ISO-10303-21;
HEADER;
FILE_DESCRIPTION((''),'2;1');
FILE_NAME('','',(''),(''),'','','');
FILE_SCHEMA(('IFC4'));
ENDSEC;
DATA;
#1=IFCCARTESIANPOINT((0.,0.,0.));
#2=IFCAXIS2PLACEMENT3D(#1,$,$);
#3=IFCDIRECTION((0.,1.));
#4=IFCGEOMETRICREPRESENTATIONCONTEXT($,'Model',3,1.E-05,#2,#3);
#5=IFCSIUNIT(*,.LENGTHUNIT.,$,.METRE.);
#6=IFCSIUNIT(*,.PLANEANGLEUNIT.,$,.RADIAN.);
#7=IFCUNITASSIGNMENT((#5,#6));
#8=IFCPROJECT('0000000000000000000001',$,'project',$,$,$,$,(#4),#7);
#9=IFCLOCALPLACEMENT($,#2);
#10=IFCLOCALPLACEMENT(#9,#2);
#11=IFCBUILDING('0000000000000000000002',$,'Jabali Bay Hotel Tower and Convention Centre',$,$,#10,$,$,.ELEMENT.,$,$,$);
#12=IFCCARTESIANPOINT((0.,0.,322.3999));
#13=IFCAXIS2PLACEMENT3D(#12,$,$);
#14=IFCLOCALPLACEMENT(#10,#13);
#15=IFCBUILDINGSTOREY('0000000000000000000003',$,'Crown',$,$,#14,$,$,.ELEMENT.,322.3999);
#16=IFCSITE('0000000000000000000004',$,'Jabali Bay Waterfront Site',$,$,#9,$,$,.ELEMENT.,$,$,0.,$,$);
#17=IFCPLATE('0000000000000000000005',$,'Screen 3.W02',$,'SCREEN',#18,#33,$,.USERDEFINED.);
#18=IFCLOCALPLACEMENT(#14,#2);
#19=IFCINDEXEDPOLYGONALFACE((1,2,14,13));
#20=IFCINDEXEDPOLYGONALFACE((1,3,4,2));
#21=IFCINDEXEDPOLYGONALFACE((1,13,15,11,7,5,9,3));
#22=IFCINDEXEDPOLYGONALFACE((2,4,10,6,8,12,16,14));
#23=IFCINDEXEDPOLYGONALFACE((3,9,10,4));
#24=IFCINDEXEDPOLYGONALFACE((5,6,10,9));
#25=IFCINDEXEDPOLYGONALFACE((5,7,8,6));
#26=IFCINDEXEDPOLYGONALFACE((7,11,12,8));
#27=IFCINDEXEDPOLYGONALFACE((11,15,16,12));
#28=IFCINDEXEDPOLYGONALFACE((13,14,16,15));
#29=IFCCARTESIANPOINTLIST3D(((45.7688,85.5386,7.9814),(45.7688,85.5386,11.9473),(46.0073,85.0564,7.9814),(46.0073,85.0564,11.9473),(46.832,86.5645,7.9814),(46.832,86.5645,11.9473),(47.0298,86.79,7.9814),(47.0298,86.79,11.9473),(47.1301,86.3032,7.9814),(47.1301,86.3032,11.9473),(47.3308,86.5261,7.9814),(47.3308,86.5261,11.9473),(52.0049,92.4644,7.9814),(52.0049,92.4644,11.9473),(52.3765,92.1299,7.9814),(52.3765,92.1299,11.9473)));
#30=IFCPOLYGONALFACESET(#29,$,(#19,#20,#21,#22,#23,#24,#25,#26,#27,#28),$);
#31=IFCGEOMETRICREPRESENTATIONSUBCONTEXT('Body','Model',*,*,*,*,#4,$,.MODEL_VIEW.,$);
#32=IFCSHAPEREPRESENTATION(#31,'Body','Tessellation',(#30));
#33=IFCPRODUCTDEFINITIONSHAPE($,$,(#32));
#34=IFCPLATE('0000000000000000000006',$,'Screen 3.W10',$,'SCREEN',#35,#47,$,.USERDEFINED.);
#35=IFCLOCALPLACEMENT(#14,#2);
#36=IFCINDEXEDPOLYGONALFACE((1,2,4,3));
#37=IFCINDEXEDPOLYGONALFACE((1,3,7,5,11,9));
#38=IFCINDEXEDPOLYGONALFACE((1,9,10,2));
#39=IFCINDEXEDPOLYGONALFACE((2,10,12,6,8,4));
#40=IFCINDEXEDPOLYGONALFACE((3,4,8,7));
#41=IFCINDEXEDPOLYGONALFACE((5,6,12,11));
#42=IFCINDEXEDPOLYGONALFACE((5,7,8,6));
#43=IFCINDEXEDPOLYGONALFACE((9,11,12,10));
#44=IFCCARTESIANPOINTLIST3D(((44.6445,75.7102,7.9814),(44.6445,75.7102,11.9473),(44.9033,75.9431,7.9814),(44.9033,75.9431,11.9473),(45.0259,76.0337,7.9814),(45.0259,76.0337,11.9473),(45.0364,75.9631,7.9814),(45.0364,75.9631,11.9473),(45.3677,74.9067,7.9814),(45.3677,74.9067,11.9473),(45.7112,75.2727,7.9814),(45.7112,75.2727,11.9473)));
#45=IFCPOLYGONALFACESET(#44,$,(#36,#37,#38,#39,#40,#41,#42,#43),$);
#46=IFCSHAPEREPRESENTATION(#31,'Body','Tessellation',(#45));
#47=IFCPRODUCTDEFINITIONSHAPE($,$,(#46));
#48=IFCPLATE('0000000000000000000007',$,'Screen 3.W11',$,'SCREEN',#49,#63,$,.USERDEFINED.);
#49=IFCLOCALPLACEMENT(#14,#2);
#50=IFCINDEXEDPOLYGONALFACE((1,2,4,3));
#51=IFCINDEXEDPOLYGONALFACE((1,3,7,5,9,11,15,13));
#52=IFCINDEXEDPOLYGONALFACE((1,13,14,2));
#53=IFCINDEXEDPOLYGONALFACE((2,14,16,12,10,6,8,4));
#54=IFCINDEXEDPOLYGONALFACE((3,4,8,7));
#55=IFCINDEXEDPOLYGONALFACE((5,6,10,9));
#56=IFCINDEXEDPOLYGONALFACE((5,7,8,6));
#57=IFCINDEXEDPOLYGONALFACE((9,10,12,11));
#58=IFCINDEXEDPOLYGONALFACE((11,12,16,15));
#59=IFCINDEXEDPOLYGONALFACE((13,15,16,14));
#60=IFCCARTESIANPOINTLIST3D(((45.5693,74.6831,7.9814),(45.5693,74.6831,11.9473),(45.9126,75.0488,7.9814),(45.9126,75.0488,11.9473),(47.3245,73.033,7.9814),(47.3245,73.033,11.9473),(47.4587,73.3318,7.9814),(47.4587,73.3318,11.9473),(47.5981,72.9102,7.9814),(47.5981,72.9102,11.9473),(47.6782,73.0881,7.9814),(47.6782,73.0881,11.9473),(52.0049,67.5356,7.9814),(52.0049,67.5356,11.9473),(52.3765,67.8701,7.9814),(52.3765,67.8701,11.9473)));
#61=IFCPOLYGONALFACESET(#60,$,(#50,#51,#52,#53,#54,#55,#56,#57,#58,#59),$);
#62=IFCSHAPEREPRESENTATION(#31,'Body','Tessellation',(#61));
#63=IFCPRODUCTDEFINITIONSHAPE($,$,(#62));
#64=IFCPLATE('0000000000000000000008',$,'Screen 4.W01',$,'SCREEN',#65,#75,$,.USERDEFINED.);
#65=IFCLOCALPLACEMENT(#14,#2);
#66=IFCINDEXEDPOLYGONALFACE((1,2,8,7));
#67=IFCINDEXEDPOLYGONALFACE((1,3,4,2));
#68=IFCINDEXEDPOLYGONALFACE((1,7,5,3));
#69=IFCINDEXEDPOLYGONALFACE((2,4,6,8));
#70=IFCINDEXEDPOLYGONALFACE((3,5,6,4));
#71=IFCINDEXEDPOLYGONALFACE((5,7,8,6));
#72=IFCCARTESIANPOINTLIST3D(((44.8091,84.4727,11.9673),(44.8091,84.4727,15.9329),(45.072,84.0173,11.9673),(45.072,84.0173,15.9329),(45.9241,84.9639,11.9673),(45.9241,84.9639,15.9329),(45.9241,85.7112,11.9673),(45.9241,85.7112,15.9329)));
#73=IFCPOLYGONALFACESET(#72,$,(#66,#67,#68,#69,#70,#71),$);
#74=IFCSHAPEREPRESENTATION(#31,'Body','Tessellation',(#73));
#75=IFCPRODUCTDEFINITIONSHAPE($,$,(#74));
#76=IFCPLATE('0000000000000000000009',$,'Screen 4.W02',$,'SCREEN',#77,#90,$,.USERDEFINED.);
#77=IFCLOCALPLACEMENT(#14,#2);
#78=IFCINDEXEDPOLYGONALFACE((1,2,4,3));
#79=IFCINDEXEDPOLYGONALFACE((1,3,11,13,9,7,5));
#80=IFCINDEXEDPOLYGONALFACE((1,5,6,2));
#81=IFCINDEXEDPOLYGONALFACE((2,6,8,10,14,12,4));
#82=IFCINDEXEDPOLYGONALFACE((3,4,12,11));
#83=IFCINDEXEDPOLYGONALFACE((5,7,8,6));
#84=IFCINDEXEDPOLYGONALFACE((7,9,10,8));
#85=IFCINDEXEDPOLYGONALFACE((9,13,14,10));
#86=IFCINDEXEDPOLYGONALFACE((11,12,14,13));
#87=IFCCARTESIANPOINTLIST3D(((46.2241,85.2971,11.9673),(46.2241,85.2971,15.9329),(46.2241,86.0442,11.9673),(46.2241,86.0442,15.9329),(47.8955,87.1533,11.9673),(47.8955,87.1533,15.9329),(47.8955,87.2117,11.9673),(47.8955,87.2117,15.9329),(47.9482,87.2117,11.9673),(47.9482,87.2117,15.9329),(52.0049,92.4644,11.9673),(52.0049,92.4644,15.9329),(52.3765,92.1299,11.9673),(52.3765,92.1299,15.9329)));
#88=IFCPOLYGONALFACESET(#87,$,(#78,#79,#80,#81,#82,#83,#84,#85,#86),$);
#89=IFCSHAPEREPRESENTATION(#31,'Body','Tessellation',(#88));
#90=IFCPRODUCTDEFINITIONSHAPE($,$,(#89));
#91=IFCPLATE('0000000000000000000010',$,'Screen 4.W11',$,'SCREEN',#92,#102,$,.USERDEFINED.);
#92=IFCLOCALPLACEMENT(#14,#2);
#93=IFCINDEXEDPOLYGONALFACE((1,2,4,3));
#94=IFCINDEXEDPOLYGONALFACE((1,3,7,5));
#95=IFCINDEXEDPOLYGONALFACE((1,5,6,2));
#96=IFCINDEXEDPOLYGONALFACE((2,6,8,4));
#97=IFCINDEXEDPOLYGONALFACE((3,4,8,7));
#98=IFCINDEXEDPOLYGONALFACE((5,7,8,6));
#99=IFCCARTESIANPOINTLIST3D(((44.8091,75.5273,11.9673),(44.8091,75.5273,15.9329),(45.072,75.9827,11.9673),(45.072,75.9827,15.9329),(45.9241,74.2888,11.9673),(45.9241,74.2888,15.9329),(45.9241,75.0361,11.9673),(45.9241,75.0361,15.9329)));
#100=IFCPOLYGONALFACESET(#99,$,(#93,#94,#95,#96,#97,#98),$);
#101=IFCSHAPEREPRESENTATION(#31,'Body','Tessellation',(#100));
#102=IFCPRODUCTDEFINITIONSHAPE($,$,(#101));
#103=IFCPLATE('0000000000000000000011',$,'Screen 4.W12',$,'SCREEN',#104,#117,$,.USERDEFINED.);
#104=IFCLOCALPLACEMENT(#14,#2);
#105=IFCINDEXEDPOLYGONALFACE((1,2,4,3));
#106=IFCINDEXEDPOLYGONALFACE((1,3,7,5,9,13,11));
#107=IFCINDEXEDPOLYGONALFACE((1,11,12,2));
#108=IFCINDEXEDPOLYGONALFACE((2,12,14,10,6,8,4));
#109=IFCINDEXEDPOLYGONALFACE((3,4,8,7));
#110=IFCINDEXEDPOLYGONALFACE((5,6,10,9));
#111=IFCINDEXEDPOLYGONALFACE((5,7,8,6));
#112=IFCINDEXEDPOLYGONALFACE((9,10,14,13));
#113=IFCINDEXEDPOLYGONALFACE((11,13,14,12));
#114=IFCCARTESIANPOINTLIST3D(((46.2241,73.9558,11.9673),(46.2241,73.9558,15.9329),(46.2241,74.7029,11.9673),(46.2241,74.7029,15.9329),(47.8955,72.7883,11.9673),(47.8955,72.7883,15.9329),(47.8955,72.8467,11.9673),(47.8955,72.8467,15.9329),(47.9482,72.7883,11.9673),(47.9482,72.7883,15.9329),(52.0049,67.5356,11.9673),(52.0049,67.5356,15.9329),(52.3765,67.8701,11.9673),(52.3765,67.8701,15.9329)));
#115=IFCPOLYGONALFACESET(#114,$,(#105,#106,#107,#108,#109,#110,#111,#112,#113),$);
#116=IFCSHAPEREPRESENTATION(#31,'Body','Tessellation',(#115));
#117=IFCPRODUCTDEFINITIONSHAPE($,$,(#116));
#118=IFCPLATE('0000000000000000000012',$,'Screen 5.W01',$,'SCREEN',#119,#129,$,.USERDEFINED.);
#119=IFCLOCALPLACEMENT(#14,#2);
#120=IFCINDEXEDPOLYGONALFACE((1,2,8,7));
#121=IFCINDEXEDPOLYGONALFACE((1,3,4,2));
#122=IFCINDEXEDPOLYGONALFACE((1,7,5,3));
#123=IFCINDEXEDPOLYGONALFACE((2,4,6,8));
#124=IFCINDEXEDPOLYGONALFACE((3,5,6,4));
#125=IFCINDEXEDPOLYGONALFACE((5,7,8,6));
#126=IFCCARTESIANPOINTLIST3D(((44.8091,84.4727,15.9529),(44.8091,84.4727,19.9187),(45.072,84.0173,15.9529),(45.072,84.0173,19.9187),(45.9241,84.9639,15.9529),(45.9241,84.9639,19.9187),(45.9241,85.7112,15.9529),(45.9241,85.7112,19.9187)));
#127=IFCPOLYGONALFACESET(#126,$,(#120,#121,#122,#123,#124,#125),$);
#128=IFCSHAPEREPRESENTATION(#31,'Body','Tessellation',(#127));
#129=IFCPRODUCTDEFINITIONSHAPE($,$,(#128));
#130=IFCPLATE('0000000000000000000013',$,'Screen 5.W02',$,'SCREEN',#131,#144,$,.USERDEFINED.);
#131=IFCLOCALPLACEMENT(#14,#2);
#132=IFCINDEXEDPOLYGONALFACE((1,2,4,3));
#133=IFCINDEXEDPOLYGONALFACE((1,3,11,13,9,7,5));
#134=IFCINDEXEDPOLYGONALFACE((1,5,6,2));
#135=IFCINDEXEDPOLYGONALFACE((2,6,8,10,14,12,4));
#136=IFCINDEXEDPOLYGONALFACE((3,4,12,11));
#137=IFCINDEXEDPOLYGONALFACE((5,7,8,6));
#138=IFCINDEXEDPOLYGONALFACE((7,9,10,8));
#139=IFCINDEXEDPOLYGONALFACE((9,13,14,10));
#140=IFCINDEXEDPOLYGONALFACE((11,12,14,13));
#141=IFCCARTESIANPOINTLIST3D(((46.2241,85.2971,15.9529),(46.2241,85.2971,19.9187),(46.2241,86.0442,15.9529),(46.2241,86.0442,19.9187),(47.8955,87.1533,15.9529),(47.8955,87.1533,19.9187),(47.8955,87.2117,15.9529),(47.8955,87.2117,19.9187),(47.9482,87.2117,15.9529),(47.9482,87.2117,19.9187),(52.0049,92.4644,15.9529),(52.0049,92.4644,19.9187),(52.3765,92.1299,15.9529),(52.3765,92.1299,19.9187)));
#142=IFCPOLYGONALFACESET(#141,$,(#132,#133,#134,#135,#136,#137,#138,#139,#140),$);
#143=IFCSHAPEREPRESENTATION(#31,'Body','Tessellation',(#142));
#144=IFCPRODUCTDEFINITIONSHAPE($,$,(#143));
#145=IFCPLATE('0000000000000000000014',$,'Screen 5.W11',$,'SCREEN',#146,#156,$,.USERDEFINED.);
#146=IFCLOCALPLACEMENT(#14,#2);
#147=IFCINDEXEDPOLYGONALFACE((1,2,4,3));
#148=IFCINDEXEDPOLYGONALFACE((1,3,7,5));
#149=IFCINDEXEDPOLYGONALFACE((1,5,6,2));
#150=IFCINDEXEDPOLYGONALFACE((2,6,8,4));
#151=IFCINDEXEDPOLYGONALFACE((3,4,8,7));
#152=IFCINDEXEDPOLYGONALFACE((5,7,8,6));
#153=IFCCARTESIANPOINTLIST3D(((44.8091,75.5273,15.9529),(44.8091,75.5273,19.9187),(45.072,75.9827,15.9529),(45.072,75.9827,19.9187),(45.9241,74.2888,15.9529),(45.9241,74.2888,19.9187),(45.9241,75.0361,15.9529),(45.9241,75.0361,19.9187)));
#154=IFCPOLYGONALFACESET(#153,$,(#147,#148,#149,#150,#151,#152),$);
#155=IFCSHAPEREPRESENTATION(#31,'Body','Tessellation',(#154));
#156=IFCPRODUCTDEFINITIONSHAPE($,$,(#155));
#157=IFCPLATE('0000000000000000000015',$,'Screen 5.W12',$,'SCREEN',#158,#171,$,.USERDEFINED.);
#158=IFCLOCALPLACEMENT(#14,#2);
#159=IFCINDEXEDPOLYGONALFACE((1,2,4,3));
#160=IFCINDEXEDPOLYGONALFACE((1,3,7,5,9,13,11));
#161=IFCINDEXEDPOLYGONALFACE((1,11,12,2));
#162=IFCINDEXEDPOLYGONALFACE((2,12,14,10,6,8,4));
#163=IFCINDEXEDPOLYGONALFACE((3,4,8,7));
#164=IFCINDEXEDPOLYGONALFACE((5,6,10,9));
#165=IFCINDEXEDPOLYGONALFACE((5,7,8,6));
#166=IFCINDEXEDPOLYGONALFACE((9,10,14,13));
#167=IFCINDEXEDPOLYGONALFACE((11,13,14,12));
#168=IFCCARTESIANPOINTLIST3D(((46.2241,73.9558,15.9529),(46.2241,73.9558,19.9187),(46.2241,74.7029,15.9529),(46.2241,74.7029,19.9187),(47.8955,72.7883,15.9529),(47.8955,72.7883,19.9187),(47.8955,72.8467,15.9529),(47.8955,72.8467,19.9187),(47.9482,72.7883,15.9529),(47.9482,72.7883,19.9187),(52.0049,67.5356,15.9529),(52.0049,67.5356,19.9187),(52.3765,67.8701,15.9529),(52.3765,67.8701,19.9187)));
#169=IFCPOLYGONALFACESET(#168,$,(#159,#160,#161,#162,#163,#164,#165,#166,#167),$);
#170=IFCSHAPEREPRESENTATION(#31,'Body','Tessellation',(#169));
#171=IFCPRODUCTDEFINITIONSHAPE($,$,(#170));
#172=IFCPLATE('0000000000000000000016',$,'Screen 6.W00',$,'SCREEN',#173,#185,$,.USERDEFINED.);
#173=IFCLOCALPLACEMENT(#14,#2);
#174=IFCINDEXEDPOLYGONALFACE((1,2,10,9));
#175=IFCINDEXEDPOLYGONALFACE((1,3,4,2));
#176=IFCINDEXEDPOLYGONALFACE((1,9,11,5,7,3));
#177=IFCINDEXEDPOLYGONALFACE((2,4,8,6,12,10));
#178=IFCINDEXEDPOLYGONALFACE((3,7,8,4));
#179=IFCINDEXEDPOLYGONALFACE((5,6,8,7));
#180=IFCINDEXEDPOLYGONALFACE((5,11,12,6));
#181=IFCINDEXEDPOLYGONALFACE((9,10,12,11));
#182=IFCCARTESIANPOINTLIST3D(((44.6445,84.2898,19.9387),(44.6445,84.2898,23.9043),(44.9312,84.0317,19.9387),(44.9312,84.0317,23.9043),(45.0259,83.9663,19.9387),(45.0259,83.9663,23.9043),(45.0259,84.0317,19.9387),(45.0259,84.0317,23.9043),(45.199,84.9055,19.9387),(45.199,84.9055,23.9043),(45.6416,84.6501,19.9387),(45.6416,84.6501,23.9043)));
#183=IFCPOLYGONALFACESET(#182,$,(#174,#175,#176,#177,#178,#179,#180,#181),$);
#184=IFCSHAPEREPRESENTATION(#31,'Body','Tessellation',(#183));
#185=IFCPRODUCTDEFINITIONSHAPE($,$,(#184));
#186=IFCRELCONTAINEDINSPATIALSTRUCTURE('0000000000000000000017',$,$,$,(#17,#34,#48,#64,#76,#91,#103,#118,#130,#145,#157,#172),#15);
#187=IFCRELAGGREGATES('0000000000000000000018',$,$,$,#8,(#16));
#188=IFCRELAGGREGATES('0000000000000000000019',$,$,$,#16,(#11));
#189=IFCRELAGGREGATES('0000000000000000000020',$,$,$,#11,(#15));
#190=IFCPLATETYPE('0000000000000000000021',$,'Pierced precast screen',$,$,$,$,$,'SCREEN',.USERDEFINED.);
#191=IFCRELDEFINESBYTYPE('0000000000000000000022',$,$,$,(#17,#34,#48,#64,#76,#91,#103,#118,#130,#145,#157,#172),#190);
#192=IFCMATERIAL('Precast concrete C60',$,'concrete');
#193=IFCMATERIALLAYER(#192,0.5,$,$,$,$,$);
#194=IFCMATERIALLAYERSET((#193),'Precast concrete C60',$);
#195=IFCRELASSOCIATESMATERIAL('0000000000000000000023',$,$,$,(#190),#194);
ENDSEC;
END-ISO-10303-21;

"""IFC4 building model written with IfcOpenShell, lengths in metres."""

from ifc_helpers import new_model, si_unit, direction, frame, origin, place, context, subcontext, project, spatial, polyline, outline, extrude, material, layer, layer_set, type_object, element, save


model = new_model("IFC4")

# Units and contexts
model_context = context("Model", 3, precision=1e-05, world=origin(), true_north=direction((0.0, 1.0)))
body_context = subcontext(model_context, "Body", "Model", "MODEL_VIEW")
ifc_project = project(units=[si_unit("LENGTHUNIT", "METRE"), si_unit("PLANEANGLEUNIT", "RADIAN")], contexts=[model_context])

# Site, building, storey
site_placement = place(None, origin())
site = spatial("IfcSite", under=ifc_project, at=site_placement, Name="Jabali Bay Waterfront Site", CompositionType="ELEMENT", RefElevation=0.0)
building_placement = place(site_placement, origin())
building = spatial("IfcBuilding", under=site, at=building_placement, Name="Jabali Bay Hotel Tower and Convention Centre", CompositionType="ELEMENT")
storey_placement = place(building_placement, frame((0.0, 0.0, 322.3999)))
storey = spatial("IfcBuildingStorey", under=building, at=storey_placement, Name="Crown", CompositionType="ELEMENT", Elevation=322.3999)

# Plates
ifc_material_1 = material(Name="Precast concrete C60", Category="concrete")
ifc_layer_1 = layer(ifc_material_1, 0.5)
ifc_layer_set_1 = layer_set([ifc_layer_1], Name="Precast concrete C60")
plate_type = type_object("IfcPlateType", Name="Pierced precast screen", ElementType="SCREEN", PredefinedType="USERDEFINED", material=ifc_layer_set_1)
plate_1_placement = place(storey_placement, frame((0.0, 0.0, 7.9814)))
element("IfcPlate", 1, at=plate_1_placement, inside=storey, type_object=plate_type, Name="Screen 3.W02", ObjectType="SCREEN", PredefinedType="USERDEFINED", context=body_context, shape_type="SweptSolid", body=[
    extrude(outline(polyline([(46.0073, 85.0564), (47.1301, 86.3032), (46.832, 86.5645), (47.0298, 86.79), (47.3308, 86.5261), (52.3765, 92.1299), (52.0049, 92.4644), (45.7688, 85.5386), (46.0073, 85.0564)])), origin(), (0.0, 0.0, 1.0), 3.9658),
])
plate_2_placement = place(storey_placement, frame((0.0, 0.0, 7.9814)))
element("IfcPlate", 2, at=plate_2_placement, inside=storey, type_object=plate_type, Name="Screen 3.W10", ObjectType="SCREEN", PredefinedType="USERDEFINED", context=body_context, shape_type="SweptSolid", body=[
    extrude(outline(polyline([(45.7112, 75.2727), (45.0259, 76.0337), (45.0364, 75.9631), (44.9033, 75.9431), (44.6445, 75.7102), (45.3677, 74.9067), (45.7112, 75.2727)])), origin(), (0.0, 0.0, 1.0), 3.9658),
])
plate_3_placement = place(storey_placement, frame((0.0, 0.0, 7.9814)))
element("IfcPlate", 3, at=plate_3_placement, inside=storey, type_object=plate_type, Name="Screen 3.W11", ObjectType="SCREEN", PredefinedType="USERDEFINED", context=body_context, shape_type="SweptSolid", body=[
    extrude(outline(polyline([(47.4587, 73.3318), (45.9126, 75.0488), (45.5693, 74.6831), (52.0049, 67.5356), (52.3765, 67.8701), (47.6782, 73.0881), (47.5981, 72.9102), (47.3245, 73.033), (47.4587, 73.3318)])), origin(), (0.0, 0.0, 1.0), 3.9658),
])
plate_4_placement = place(storey_placement, frame((0.0, 0.0, 11.9673)))
element("IfcPlate", 4, at=plate_4_placement, inside=storey, type_object=plate_type, Name="Screen 4.W01", ObjectType="SCREEN", PredefinedType="USERDEFINED", context=body_context, shape_type="SweptSolid", body=[
    extrude(outline(polyline([(45.072, 84.0173), (45.9241, 84.9639), (45.9241, 85.7112), (44.8091, 84.4727), (45.072, 84.0173)])), origin(), (0.0, 0.0, 1.0), 3.9656),
])
plate_5_placement = place(storey_placement, frame((0.0, 0.0, 11.9673)))
element("IfcPlate", 5, at=plate_5_placement, inside=storey, type_object=plate_type, Name="Screen 4.W02", ObjectType="SCREEN", PredefinedType="USERDEFINED", context=body_context, shape_type="SweptSolid", body=[
    extrude(outline(polyline([(46.2241, 85.2971), (47.8955, 87.1533), (47.8955, 87.2117), (47.9482, 87.2117), (52.3765, 92.1299), (52.0049, 92.4644), (46.2241, 86.0442), (46.2241, 85.2971)])), origin(), (0.0, 0.0, 1.0), 3.9656),
])
plate_6_placement = place(storey_placement, frame((0.0, 0.0, 11.9673)))
element("IfcPlate", 6, at=plate_6_placement, inside=storey, type_object=plate_type, Name="Screen 4.W11", ObjectType="SCREEN", PredefinedType="USERDEFINED", context=body_context, shape_type="SweptSolid", body=[
    extrude(outline(polyline([(45.9241, 75.0361), (45.072, 75.9827), (44.8091, 75.5273), (45.9241, 74.2888), (45.9241, 75.0361)])), origin(), (0.0, 0.0, 1.0), 3.9656),
])
plate_7_placement = place(storey_placement, frame((0.0, 0.0, 11.9673)))
element("IfcPlate", 7, at=plate_7_placement, inside=storey, type_object=plate_type, Name="Screen 4.W12", ObjectType="SCREEN", PredefinedType="USERDEFINED", context=body_context, shape_type="SweptSolid", body=[
    extrude(outline(polyline([(47.8955, 72.8467), (46.2241, 74.7029), (46.2241, 73.9558), (52.0049, 67.5356), (52.3765, 67.8701), (47.9482, 72.7883), (47.8955, 72.7883), (47.8955, 72.8467)])), origin(), (0.0, 0.0, 1.0), 3.9656),
])
plate_8_placement = place(storey_placement, frame((0.0, 0.0, 15.9529)))
element("IfcPlate", 8, at=plate_8_placement, inside=storey, type_object=plate_type, Name="Screen 5.W01", ObjectType="SCREEN", PredefinedType="USERDEFINED", context=body_context, shape_type="SweptSolid", body=[
    extrude(outline(polyline([(45.072, 84.0173), (45.9241, 84.9639), (45.9241, 85.7112), (44.8091, 84.4727), (45.072, 84.0173)])), origin(), (0.0, 0.0, 1.0), 3.9658),
])
plate_9_placement = place(storey_placement, frame((0.0, 0.0, 15.9529)))
element("IfcPlate", 9, at=plate_9_placement, inside=storey, type_object=plate_type, Name="Screen 5.W02", ObjectType="SCREEN", PredefinedType="USERDEFINED", context=body_context, shape_type="SweptSolid", body=[
    extrude(outline(polyline([(46.2241, 85.2971), (47.8955, 87.1533), (47.8955, 87.2117), (47.9482, 87.2117), (52.3765, 92.1299), (52.0049, 92.4644), (46.2241, 86.0442), (46.2241, 85.2971)])), origin(), (0.0, 0.0, 1.0), 3.9658),
])
plate_10_placement = place(storey_placement, frame((0.0, 0.0, 15.9529)))
element("IfcPlate", 10, at=plate_10_placement, inside=storey, type_object=plate_type, Name="Screen 5.W11", ObjectType="SCREEN", PredefinedType="USERDEFINED", context=body_context, shape_type="SweptSolid", body=[
    extrude(outline(polyline([(45.9241, 75.0361), (45.072, 75.9827), (44.8091, 75.5273), (45.9241, 74.2888), (45.9241, 75.0361)])), origin(), (0.0, 0.0, 1.0), 3.9658),
])
plate_11_placement = place(storey_placement, frame((0.0, 0.0, 15.9529)))
element("IfcPlate", 11, at=plate_11_placement, inside=storey, type_object=plate_type, Name="Screen 5.W12", ObjectType="SCREEN", PredefinedType="USERDEFINED", context=body_context, shape_type="SweptSolid", body=[
    extrude(outline(polyline([(47.8955, 72.8467), (46.2241, 74.7029), (46.2241, 73.9558), (52.0049, 67.5356), (52.3765, 67.8701), (47.9482, 72.7883), (47.8955, 72.7883), (47.8955, 72.8467)])), origin(), (0.0, 0.0, 1.0), 3.9658),
])
plate_12_placement = place(storey_placement, frame((0.0, 0.0, 19.9387)))
element("IfcPlate", 12, at=plate_12_placement, inside=storey, type_object=plate_type, Name="Screen 6.W00", ObjectType="SCREEN", PredefinedType="USERDEFINED", context=body_context, shape_type="SweptSolid", body=[
    extrude(outline(polyline([(45.0259, 83.9663), (45.6416, 84.6501), (45.199, 84.9055), (44.6445, 84.2898), (44.9312, 84.0317), (45.0259, 84.0317), (45.0259, 83.9663)])), origin(), (0.0, 0.0, 1.0), 3.9656),
])

save(model, "model.ifc")
